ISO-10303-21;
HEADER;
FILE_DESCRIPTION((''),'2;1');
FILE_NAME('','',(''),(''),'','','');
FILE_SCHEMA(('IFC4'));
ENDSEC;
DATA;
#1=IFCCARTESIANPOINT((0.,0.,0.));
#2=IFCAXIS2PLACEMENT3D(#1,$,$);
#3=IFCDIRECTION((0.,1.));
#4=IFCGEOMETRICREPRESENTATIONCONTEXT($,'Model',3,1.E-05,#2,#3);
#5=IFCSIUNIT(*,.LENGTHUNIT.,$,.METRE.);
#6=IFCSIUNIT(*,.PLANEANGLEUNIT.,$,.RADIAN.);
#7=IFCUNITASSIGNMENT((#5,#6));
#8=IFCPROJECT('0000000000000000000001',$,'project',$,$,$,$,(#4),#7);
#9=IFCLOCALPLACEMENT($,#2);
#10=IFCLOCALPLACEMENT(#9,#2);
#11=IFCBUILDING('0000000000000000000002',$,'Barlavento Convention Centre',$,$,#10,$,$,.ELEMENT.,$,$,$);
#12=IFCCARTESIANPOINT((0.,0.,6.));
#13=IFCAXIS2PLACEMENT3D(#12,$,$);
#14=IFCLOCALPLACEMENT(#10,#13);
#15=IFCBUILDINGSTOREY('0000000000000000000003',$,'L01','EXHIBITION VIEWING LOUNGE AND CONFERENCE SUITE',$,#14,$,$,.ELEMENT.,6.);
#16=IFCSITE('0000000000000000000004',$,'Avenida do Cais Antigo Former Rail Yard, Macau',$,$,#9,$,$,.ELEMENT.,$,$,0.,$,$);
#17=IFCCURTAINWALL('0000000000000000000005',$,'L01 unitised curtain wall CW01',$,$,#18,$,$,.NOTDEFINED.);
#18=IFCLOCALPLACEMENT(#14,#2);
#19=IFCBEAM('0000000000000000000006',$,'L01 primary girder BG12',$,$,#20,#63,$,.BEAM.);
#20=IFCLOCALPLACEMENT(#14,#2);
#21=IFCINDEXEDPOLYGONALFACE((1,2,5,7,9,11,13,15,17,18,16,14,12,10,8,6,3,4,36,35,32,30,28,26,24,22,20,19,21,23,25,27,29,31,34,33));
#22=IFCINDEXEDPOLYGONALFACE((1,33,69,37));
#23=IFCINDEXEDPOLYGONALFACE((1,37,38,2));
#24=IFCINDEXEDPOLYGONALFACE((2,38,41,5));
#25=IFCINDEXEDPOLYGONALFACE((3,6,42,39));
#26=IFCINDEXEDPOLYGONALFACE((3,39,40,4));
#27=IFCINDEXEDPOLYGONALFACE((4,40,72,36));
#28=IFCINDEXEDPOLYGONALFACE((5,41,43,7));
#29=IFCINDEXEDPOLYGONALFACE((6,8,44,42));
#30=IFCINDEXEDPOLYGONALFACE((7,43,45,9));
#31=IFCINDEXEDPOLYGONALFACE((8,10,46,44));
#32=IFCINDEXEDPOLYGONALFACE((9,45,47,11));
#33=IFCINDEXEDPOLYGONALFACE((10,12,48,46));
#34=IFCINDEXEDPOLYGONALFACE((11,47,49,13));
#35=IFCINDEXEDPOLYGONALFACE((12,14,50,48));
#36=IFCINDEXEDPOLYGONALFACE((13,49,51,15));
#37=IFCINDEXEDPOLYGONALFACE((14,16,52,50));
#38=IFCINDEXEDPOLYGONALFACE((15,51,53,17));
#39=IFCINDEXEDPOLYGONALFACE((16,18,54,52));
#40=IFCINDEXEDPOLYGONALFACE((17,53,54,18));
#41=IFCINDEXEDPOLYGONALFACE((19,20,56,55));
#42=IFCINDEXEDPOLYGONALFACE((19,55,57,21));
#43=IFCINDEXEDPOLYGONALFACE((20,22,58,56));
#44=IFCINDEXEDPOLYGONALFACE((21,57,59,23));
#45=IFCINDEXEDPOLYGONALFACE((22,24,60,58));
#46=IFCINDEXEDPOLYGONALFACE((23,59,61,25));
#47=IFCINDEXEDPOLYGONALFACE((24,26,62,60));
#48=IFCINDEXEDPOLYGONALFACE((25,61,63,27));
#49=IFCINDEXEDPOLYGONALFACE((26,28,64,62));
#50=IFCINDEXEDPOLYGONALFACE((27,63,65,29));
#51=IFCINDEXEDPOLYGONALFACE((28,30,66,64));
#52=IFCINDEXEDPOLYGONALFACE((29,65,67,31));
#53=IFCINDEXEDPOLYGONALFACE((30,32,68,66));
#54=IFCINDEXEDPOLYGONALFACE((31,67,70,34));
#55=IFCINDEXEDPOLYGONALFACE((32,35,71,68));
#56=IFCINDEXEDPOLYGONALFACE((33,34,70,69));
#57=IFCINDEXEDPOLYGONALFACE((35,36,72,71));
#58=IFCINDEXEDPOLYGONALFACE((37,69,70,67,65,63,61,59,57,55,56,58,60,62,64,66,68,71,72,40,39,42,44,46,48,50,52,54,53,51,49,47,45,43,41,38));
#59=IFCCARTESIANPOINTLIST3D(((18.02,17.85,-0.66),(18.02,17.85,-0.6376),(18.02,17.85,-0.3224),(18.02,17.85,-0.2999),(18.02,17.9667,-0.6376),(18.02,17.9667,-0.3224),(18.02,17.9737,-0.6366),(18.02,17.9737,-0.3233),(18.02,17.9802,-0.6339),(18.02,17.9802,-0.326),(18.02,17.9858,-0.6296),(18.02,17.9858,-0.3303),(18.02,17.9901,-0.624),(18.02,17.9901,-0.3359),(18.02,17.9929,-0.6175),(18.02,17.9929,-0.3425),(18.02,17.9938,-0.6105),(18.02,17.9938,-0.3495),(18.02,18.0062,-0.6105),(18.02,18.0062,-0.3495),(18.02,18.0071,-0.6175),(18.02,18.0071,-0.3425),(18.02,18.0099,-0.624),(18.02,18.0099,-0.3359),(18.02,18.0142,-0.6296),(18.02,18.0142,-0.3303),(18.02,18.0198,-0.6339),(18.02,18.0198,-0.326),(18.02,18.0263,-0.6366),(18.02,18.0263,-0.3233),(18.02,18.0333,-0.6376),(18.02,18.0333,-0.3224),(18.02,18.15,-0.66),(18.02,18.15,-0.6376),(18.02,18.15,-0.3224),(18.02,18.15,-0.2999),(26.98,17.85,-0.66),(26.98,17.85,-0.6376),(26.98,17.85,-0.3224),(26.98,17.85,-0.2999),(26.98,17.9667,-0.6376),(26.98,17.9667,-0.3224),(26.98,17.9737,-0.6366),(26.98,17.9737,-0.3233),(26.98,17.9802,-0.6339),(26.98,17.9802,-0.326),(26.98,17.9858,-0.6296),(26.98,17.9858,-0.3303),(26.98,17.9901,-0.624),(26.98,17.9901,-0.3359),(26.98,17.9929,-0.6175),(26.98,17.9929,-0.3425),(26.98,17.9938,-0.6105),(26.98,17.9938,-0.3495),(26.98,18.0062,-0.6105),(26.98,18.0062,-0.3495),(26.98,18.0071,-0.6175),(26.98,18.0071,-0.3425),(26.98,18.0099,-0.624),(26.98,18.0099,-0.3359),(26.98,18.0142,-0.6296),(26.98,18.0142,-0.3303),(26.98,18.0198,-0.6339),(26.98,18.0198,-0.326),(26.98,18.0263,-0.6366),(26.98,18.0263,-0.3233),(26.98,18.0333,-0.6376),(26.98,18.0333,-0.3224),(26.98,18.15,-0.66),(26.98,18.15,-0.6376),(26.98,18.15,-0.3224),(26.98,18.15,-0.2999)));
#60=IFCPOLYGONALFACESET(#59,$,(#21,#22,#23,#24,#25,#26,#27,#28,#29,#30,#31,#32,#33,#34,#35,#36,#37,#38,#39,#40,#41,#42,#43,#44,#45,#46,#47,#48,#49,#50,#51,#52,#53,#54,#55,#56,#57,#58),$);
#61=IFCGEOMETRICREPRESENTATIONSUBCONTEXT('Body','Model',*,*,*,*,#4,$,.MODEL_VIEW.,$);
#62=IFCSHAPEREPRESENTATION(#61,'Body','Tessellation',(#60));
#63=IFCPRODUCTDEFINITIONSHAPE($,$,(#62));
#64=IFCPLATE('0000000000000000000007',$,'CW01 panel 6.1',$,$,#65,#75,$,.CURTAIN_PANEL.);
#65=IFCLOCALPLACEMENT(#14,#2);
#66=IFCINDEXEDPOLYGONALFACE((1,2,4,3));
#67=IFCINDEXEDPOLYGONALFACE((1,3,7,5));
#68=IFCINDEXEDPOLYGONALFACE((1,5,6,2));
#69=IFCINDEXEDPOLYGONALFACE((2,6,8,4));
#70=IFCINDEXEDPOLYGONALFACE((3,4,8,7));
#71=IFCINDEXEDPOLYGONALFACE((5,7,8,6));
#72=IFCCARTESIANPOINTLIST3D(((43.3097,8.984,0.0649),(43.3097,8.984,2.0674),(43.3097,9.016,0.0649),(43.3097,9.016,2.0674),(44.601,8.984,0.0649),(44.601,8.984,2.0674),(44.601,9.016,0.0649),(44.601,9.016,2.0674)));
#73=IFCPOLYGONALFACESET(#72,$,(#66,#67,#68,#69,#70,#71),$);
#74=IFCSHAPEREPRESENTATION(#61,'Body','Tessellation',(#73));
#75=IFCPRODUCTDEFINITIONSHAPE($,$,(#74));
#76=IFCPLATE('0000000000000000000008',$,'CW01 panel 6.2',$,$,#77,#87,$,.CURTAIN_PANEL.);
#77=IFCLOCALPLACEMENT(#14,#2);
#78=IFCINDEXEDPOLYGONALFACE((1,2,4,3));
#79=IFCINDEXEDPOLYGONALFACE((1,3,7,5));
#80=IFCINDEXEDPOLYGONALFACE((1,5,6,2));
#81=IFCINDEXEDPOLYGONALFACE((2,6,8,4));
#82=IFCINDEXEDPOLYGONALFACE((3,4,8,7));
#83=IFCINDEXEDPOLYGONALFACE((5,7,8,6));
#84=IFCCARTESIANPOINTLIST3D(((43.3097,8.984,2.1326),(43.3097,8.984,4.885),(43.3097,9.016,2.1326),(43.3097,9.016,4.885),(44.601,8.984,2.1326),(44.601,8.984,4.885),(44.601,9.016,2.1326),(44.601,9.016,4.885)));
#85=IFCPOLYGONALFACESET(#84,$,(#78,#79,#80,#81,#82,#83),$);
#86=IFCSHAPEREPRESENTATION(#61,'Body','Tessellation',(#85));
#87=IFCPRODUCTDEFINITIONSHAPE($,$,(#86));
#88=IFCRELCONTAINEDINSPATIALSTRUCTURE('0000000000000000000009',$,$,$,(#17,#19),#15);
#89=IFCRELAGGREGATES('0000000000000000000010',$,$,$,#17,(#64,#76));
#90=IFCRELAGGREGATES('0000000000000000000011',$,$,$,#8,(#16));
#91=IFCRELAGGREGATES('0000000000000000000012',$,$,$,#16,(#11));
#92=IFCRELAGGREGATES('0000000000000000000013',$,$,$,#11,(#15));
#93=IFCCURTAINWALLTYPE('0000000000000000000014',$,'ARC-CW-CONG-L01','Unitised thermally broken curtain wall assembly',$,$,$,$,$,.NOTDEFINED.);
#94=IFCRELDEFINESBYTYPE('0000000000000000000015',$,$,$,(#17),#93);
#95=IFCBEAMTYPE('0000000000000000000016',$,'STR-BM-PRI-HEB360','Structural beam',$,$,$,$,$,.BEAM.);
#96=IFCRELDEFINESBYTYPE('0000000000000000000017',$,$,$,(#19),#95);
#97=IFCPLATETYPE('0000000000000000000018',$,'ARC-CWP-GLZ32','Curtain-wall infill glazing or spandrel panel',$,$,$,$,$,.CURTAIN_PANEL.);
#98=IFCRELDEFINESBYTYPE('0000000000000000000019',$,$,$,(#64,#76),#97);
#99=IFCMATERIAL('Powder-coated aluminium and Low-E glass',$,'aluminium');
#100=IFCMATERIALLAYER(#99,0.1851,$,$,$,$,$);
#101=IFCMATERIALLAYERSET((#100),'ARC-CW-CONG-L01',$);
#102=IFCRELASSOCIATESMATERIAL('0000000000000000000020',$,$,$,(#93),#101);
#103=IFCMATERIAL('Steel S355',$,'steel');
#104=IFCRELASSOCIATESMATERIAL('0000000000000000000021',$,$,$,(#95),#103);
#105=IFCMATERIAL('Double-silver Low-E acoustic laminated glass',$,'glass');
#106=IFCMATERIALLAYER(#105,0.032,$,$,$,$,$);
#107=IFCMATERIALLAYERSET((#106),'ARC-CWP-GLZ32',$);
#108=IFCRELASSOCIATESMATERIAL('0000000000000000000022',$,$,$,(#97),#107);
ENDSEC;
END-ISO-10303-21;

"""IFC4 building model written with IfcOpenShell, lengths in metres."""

from ifc_helpers import new_model, si_unit, direction, frame, origin, origin_2d, place, context, subcontext, project, spatial, rectangle, i_section, extrude, material, layer, layer_set, material_profile, profile_set, type_object, element, aggregate, save


model = new_model("IFC4")

# Units and contexts
model_context = context("Model", 3, precision=1e-05, world=origin(), true_north=direction((0.0, 1.0)))
body_context = subcontext(model_context, "Body", "Model", "MODEL_VIEW")
ifc_project = project(units=[si_unit("LENGTHUNIT", "METRE"), si_unit("PLANEANGLEUNIT", "RADIAN")], contexts=[model_context])

# Site, building, storey
site_placement = place(None, origin())
site = spatial("IfcSite", under=ifc_project, at=site_placement, Name="Avenida do Cais Antigo Former Rail Yard, Macau", CompositionType="ELEMENT", RefElevation=0.0)
building_placement = place(site_placement, origin())
building = spatial("IfcBuilding", under=site, at=building_placement, Name="Barlavento Convention Centre", CompositionType="ELEMENT")
storey_placement = place(building_placement, frame((0.0, 0.0, 6.0)))
storey = spatial("IfcBuildingStorey", under=building, at=storey_placement, Name="L01", Description="EXHIBITION VIEWING LOUNGE AND CONFERENCE SUITE", CompositionType="ELEMENT", Elevation=6.0)

# Shared definitions
ifc_material_1 = material(Name="Steel S355", Category="steel")

# Curtain wall
ifc_material_2 = material(Name="Powder-coated aluminium and Low-E glass", Category="aluminium")
ifc_layer_1 = layer(ifc_material_2, 0.1851)
ifc_layer_set_1 = layer_set([ifc_layer_1], Name="ARC-CW-CONG-L01")
curtain_wall_type = type_object("IfcCurtainWallType", Name="ARC-CW-CONG-L01", Description="Unitised thermally broken curtain wall assembly", PredefinedType="NOTDEFINED", material=ifc_layer_set_1)
curtain_wall_placement = place(storey_placement, origin())
curtain_wall = element("IfcCurtainWall", 1, at=curtain_wall_placement, inside=storey, type_object=curtain_wall_type, Name="L01 unitised curtain wall CW01", PredefinedType="NOTDEFINED")

# Beam
ifc_material_profile_1 = material_profile(ifc_material_1, i_section(OverallWidth=0.3, OverallDepth=0.3601, WebThickness=0.0125, FlangeThickness=0.0225, FilletRadius=0.0271, at=origin_2d()), Name="HEB 360")
ifc_profile_set_1 = profile_set([ifc_material_profile_1], Name="Steel S355")
beam_type_1 = type_object("IfcBeamType", Name="STR-BM-PRI-HEB360", Description="Structural beam", PredefinedType="BEAM", material=ifc_profile_set_1)
beam_1_placement = place(storey_placement, frame((18.02, 18.0, -0.48), z_axis=(1.0, 0.0, 0.0), x_axis=(0.0, 1.0, 0.0)))
element("IfcBeam", 2, at=beam_1_placement, inside=storey, type_object=beam_type_1, Name="L01 primary girder BG12", PredefinedType="BEAM", context=body_context, shape_type="SweptSolid", body=[
    extrude(i_section(OverallWidth=0.3, OverallDepth=0.3601, WebThickness=0.0125, FlangeThickness=0.0225, FilletRadius=0.0271, at=origin_2d()), origin(), (0.0, 0.0, 1.0), 8.96),
])

# Plates
ifc_material_3 = material(Name="Double-silver Low-E acoustic laminated glass", Category="glass")
ifc_layer_2 = layer(ifc_material_3, 0.032)
ifc_layer_set_2 = layer_set([ifc_layer_2], Name="ARC-CWP-GLZ32")
plate_type = type_object("IfcPlateType", Name="ARC-CWP-GLZ32", Description="Curtain-wall infill glazing or spandrel panel", PredefinedType="CURTAIN_PANEL", material=ifc_layer_set_2)
plate_1_placement = place(storey_placement, frame((43.9553, 9.0, 0.0649), z_axis=(0.0, 0.0, 1.0), x_axis=(1.0, 0.0, 0.0)))
plate_1 = element("IfcPlate", 3, at=plate_1_placement, type_object=plate_type, Name="CW01 panel 6.1", PredefinedType="CURTAIN_PANEL", context=body_context, shape_type="SweptSolid", body=[
    extrude(rectangle(XDim=1.2913, YDim=0.032, at=origin_2d()), origin(), (0.0, 0.0, 1.0), 2.0024),
])
plate_2_placement = place(storey_placement, frame((43.9553, 9.0, 2.1326), z_axis=(0.0, 0.0, 1.0), x_axis=(1.0, 0.0, 0.0)))
plate_2 = element("IfcPlate", 4, at=plate_2_placement, type_object=plate_type, Name="CW01 panel 6.2", PredefinedType="CURTAIN_PANEL", context=body_context, shape_type="SweptSolid", body=[
    extrude(rectangle(XDim=1.2913, YDim=0.032, at=origin_2d()), origin(), (0.0, 0.0, 1.0), 2.7524),
])
aggregate(curtain_wall, [plate_1, plate_2])

save(model, "model.ifc")
